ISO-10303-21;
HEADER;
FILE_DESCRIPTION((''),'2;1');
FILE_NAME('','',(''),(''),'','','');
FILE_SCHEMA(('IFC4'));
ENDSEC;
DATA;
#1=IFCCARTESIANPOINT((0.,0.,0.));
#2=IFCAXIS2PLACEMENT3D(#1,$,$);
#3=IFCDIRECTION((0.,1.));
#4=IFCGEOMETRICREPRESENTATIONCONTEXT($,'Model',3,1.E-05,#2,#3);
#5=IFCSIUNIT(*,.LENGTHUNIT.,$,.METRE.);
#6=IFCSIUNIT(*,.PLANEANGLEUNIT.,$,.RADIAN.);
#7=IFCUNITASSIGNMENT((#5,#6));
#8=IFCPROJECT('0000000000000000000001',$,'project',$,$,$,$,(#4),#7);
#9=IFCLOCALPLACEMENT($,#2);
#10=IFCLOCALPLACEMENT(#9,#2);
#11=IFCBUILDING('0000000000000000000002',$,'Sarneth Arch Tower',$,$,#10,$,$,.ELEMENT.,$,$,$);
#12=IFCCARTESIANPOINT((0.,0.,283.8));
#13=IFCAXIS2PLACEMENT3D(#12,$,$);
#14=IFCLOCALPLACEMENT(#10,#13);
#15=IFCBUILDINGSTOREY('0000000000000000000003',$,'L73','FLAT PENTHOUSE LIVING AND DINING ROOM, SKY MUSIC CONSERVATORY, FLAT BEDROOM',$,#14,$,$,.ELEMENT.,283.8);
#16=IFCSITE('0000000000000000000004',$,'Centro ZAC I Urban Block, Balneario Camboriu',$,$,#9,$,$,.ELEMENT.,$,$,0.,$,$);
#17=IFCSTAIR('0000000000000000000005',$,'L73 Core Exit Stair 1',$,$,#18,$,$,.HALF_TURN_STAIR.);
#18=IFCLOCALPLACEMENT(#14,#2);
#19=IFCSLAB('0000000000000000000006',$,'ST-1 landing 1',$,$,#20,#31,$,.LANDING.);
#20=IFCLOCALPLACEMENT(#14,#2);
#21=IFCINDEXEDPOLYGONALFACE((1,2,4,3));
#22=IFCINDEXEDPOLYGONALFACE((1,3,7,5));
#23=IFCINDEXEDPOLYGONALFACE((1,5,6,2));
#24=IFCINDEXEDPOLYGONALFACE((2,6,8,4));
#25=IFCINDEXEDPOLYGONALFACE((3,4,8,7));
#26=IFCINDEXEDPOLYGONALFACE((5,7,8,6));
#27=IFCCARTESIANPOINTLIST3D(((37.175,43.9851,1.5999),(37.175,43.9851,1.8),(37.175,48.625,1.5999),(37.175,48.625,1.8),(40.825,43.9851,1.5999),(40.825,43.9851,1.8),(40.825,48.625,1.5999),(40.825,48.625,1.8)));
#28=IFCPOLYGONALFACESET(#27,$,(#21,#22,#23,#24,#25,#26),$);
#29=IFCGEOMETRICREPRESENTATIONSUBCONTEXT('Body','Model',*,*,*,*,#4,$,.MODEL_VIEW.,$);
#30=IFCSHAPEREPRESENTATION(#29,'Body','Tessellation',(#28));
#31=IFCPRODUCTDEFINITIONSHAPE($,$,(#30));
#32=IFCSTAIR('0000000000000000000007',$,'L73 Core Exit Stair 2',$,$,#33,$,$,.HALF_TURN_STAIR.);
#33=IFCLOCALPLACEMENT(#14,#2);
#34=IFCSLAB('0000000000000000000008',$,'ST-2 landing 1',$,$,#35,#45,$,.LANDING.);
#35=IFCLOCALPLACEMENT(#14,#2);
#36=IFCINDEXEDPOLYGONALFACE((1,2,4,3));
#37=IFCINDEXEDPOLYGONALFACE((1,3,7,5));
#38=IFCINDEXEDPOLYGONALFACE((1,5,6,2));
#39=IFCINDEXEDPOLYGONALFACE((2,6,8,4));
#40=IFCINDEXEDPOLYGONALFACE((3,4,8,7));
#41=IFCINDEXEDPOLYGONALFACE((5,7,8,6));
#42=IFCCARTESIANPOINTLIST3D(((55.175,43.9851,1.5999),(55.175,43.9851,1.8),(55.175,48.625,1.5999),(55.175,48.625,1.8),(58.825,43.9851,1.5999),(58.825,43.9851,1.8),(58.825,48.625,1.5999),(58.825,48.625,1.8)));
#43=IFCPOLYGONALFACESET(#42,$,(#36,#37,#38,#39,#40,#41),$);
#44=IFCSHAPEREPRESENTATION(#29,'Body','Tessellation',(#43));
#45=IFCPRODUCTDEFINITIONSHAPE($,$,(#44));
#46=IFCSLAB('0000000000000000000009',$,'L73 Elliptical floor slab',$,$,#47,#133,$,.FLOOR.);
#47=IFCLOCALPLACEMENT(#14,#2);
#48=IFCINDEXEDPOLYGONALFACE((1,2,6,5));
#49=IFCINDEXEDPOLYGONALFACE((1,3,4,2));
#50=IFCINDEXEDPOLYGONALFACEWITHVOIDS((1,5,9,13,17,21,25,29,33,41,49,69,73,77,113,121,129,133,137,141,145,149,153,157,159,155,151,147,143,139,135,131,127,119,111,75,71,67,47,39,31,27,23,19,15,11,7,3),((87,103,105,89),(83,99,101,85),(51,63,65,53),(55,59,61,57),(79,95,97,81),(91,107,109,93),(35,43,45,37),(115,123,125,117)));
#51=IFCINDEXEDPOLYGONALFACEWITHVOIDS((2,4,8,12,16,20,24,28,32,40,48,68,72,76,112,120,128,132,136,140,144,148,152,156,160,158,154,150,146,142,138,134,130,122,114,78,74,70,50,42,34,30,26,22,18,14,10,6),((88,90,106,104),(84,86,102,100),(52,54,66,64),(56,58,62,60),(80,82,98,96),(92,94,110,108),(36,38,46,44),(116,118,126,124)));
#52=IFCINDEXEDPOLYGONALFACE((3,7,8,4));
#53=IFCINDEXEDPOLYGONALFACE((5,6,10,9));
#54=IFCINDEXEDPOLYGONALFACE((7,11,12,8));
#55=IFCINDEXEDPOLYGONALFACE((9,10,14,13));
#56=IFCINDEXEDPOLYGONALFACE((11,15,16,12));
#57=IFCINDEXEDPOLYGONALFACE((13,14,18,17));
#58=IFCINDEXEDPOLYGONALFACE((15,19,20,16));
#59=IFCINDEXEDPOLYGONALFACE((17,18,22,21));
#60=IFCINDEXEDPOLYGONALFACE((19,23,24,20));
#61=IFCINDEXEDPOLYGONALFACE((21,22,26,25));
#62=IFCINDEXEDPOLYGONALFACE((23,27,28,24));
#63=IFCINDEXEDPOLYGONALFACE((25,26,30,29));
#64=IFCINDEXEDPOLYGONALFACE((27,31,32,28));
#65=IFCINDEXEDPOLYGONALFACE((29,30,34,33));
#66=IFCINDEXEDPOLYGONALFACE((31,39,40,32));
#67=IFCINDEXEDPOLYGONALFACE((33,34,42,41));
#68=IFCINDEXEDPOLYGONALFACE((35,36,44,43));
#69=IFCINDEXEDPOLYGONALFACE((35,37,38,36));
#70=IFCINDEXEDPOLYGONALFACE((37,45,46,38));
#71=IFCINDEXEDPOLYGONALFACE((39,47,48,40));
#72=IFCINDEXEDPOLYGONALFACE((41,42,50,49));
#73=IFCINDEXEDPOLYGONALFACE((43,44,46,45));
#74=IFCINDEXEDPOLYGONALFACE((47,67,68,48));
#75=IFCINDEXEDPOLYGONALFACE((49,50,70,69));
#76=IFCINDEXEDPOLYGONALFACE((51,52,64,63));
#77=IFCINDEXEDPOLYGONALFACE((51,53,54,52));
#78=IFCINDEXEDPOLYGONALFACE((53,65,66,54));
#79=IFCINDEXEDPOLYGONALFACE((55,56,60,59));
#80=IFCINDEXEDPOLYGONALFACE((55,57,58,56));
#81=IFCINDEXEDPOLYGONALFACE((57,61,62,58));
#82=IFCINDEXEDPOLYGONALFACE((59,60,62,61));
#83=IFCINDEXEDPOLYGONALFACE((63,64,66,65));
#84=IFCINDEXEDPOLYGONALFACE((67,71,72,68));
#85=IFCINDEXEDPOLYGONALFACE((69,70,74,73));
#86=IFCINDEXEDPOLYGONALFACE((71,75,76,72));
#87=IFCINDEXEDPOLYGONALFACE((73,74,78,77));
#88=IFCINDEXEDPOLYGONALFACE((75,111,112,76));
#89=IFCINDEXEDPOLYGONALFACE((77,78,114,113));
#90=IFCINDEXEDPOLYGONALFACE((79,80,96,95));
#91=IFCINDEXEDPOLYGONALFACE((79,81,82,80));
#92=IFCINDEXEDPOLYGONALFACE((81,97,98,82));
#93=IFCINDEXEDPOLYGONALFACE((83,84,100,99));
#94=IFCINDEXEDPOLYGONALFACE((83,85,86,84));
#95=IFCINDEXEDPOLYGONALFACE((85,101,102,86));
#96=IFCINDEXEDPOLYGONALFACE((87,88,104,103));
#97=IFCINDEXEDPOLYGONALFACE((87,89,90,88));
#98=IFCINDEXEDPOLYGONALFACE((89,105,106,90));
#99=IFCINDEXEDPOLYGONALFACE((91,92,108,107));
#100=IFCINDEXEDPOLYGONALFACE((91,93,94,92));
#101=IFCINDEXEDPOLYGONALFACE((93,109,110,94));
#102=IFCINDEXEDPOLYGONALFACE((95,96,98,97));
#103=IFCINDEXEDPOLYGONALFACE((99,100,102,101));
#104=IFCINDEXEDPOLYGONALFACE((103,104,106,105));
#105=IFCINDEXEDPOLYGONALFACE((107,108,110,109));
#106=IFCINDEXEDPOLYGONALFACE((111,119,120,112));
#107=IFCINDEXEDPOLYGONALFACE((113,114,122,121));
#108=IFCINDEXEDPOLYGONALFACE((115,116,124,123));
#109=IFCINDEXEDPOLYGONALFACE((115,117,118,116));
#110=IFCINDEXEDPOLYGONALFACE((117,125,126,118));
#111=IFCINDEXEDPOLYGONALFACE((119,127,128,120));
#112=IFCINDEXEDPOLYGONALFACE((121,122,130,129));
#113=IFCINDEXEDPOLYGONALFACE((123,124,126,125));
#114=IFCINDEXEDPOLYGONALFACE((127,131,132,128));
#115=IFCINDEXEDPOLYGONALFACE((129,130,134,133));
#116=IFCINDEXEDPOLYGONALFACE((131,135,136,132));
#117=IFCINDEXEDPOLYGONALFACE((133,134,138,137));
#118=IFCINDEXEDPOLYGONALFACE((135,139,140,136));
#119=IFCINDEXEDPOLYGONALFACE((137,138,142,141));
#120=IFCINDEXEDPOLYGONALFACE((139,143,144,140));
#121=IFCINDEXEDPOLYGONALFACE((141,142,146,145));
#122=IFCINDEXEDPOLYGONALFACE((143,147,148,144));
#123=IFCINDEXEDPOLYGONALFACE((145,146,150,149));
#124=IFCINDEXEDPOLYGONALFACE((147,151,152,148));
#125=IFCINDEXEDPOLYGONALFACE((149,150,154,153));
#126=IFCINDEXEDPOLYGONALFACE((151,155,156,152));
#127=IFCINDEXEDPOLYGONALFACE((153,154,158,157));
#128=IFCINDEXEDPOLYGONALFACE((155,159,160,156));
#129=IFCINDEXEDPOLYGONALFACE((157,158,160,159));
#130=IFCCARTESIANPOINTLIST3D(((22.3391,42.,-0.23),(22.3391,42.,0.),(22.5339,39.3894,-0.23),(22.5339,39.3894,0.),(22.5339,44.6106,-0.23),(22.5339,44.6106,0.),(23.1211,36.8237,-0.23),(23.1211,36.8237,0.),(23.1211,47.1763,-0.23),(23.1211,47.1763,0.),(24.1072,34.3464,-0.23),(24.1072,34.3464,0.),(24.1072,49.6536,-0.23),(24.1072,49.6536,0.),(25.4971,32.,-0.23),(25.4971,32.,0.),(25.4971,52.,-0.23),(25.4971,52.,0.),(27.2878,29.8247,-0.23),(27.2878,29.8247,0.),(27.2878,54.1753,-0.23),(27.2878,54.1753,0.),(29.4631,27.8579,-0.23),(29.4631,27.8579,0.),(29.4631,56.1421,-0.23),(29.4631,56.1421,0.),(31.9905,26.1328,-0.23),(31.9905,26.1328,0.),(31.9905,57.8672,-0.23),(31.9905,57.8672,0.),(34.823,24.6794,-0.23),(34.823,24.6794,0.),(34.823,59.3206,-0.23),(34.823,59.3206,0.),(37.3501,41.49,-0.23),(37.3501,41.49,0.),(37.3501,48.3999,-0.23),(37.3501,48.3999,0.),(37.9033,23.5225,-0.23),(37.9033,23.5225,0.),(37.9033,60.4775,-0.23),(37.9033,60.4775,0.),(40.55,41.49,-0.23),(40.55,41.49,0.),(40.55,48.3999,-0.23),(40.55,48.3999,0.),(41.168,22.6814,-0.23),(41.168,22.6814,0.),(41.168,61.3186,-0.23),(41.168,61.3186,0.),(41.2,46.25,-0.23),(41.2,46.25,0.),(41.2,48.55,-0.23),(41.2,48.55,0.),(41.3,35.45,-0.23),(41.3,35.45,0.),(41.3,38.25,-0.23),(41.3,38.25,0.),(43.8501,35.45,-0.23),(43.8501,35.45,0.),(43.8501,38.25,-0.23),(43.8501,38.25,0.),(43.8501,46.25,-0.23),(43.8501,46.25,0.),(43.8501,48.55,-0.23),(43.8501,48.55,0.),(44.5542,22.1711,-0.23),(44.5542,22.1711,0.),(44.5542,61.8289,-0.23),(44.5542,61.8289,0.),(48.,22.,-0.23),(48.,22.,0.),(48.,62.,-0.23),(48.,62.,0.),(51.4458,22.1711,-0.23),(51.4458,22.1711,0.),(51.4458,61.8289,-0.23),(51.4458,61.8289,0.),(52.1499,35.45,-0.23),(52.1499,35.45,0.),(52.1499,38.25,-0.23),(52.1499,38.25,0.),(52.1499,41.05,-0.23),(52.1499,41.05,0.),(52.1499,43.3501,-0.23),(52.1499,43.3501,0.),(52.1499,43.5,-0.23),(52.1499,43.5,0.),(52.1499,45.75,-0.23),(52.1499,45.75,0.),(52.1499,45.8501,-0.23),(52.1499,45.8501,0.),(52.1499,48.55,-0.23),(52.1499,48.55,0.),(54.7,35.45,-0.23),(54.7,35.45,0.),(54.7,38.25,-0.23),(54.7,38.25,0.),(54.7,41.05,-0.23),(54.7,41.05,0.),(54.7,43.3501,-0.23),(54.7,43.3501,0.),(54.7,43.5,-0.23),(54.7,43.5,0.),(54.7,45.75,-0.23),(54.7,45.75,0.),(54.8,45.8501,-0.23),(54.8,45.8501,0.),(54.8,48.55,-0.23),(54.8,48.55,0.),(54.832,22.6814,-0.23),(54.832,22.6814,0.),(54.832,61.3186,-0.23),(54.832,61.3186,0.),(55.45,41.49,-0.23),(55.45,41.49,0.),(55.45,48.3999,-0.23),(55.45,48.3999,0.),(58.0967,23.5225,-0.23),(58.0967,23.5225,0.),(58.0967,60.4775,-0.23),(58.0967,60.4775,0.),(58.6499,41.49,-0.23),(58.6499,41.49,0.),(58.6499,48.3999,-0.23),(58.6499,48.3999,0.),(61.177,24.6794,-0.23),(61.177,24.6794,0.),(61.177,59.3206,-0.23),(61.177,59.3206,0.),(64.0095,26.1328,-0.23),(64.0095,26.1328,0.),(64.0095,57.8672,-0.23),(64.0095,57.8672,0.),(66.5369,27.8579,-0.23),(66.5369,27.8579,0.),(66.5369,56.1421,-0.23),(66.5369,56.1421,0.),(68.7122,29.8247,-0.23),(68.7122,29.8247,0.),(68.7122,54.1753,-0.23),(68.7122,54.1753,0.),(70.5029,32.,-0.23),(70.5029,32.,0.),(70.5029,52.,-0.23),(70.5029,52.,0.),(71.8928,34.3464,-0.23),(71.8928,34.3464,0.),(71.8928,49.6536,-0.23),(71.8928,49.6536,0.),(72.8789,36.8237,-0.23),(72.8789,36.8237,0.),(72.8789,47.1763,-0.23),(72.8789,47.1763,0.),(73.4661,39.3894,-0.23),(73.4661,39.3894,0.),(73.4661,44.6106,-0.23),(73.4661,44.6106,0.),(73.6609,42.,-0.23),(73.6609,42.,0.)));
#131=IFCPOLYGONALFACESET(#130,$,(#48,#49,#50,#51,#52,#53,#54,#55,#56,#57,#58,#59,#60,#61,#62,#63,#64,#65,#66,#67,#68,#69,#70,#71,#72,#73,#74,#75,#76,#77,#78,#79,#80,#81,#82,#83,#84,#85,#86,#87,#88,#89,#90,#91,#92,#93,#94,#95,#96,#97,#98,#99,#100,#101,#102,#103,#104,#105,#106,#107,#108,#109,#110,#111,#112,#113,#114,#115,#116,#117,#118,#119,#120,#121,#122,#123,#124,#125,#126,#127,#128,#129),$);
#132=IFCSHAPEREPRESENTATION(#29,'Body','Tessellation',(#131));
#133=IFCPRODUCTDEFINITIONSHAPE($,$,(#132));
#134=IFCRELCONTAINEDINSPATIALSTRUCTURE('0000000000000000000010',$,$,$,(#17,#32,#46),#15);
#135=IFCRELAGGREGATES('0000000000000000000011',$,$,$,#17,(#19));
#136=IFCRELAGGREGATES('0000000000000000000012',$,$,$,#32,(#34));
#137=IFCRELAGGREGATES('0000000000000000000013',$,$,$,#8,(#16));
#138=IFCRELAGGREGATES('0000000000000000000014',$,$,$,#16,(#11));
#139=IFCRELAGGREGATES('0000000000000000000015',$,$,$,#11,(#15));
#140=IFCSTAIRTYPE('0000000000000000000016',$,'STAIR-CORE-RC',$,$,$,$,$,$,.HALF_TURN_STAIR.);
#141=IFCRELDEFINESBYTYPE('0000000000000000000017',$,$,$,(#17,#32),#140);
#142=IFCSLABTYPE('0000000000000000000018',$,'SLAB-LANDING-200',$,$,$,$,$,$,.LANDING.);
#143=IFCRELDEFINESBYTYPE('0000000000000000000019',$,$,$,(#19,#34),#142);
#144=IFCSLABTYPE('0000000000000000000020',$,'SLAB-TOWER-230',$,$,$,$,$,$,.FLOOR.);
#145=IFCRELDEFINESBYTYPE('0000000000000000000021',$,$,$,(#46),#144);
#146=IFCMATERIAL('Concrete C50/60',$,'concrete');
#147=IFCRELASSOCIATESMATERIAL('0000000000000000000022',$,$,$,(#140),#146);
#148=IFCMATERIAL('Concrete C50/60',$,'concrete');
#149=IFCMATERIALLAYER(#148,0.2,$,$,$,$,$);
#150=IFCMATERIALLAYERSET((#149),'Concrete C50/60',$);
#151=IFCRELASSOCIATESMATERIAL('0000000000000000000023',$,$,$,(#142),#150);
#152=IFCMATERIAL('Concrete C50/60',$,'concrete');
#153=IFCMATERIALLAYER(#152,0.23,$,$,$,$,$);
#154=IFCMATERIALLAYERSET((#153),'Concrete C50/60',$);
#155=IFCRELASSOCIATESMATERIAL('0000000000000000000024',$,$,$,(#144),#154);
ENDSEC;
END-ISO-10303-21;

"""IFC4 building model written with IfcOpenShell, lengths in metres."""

from ifc_helpers import new_model, si_unit, direction, frame, origin, place, context, subcontext, project, spatial, polyline, outline, extrude, material, layer, layer_set, type_object, element, aggregate, save


model = new_model("IFC4")

# Units and contexts
model_context = context("Model", 3, precision=1e-05, world=origin(), true_north=direction((0.0, 1.0)))
body_context = subcontext(model_context, "Body", "Model", "MODEL_VIEW")
ifc_project = project(units=[si_unit("LENGTHUNIT", "METRE"), si_unit("PLANEANGLEUNIT", "RADIAN")], contexts=[model_context])

# Site, building, storey
site_placement = place(None, origin())
site = spatial("IfcSite", under=ifc_project, at=site_placement, Name="Centro ZAC I Urban Block, Balneario Camboriu", CompositionType="ELEMENT", RefElevation=0.0)
building_placement = place(site_placement, origin())
building = spatial("IfcBuilding", under=site, at=building_placement, Name="Sarneth Arch Tower", CompositionType="ELEMENT")
storey_placement = place(building_placement, frame((0.0, 0.0, 283.8)))
storey = spatial("IfcBuildingStorey", under=building, at=storey_placement, Name="L73", Description="FLAT PENTHOUSE LIVING AND DINING ROOM, SKY MUSIC CONSERVATORY, FLAT BEDROOM", CompositionType="ELEMENT", Elevation=283.8)

# Stairs, slabs
ifc_material_1 = material(Name="Concrete C50/60", Category="concrete")
stair_type = type_object("IfcStairType", Name="STAIR-CORE-RC", PredefinedType="HALF_TURN_STAIR", material=ifc_material_1)
stair_1_placement = place(storey_placement, origin())
stair_1 = element("IfcStair", 1, at=stair_1_placement, inside=storey, type_object=stair_type, Name="L73 Core Exit Stair 1", PredefinedType="HALF_TURN_STAIR")
ifc_material_2 = material(Name="Concrete C50/60", Category="concrete")
ifc_layer_1 = layer(ifc_material_2, 0.2)
ifc_layer_set_1 = layer_set([ifc_layer_1], Name="Concrete C50/60")
slab_type_1 = type_object("IfcSlabType", Name="SLAB-LANDING-200", PredefinedType="LANDING", material=ifc_layer_set_1)
slab_1_placement = place(storey_placement, frame((0.0, 0.0, 1.5999)))
slab_1 = element("IfcSlab", 2, at=slab_1_placement, type_object=slab_type_1, Name="ST-1 landing 1", PredefinedType="LANDING", context=body_context, shape_type="SweptSolid", body=[
    extrude(outline(polyline([(37.175, 43.9851), (40.825, 43.9851), (40.825, 48.625), (37.175, 48.625), (37.175, 43.9851)])), origin(), (0.0, 0.0, 1.0), 0.2002),
])
aggregate(stair_1, [slab_1])
stair_2_placement = place(storey_placement, origin())
stair_2 = element("IfcStair", 3, at=stair_2_placement, inside=storey, type_object=stair_type, Name="L73 Core Exit Stair 2", PredefinedType="HALF_TURN_STAIR")
slab_2_placement = place(storey_placement, frame((0.0, 0.0, 1.5999)))
slab_2 = element("IfcSlab", 4, at=slab_2_placement, type_object=slab_type_1, Name="ST-2 landing 1", PredefinedType="LANDING", context=body_context, shape_type="SweptSolid", body=[
    extrude(outline(polyline([(55.175, 43.9851), (58.825, 43.9851), (58.825, 48.625), (55.175, 48.625), (55.175, 43.9851)])), origin(), (0.0, 0.0, 1.0), 0.2002),
])
aggregate(stair_2, [slab_2])

# Slab
ifc_material_3 = material(Name="Concrete C50/60", Category="concrete")
ifc_layer_2 = layer(ifc_material_3, 0.23)
ifc_layer_set_2 = layer_set([ifc_layer_2], Name="Concrete C50/60")
slab_type_2 = type_object("IfcSlabType", Name="SLAB-TOWER-230", PredefinedType="FLOOR", material=ifc_layer_set_2)
slab_3_placement = place(storey_placement, frame((0.0, 0.0, -0.23)))
element("IfcSlab", 5, at=slab_3_placement, inside=storey, type_object=slab_type_2, Name="L73 Elliptical floor slab", PredefinedType="FLOOR", context=body_context, shape_type="SweptSolid", body=[
    extrude(outline(polyline([(73.6609, 42.0), (73.4661, 44.6106), (72.8789, 47.1763), (71.8928, 49.6536), (70.5029, 52.0), (68.7122, 54.1753), (66.5369, 56.1421), (64.0095, 57.8672), (61.177, 59.3206), (58.0967, 60.4775), (54.832, 61.3186), (51.4458, 61.8289), (48.0, 62.0), (44.5542, 61.8289), (41.168, 61.3186), (37.9033, 60.4775), (34.823, 59.3206), (31.9905, 57.8672), (29.4631, 56.1421), (27.2878, 54.1753), (25.4971, 52.0), (24.1072, 49.6536), (23.1211, 47.1763), (22.5339, 44.6106), (22.3391, 42.0), (22.5339, 39.3894), (23.1211, 36.8237), (24.1072, 34.3464), (25.4971, 32.0), (27.2878, 29.8247), (29.4631, 27.8579), (31.9905, 26.1328), (34.823, 24.6794), (37.9033, 23.5225), (41.168, 22.6814), (44.5542, 22.1711), (48.0, 22.0), (51.4458, 22.1711), (54.832, 22.6814), (58.0967, 23.5225), (61.177, 24.6794), (64.0095, 26.1328), (66.5369, 27.8579), (68.7122, 29.8247), (70.5029, 32.0), (71.8928, 34.3464), (72.8789, 36.8237), (73.4661, 39.3894), (73.6609, 42.0)]), holes=[polyline([(37.3501, 41.49), (40.55, 41.49), (40.55, 48.3999), (37.3501, 48.3999), (37.3501, 41.49)]), polyline([(55.45, 41.49), (58.6499, 41.49), (58.6499, 48.3999), (55.45, 48.3999), (55.45, 41.49)]), polyline([(41.2, 46.25), (43.8501, 46.25), (43.8501, 48.55), (41.2, 48.55), (41.2, 46.25)]), polyline([(41.3, 35.45), (43.8501, 35.45), (43.8501, 38.25), (41.3, 38.25), (41.3, 35.45)]), polyline([(52.1499, 35.45), (54.7, 35.45), (54.7, 38.25), (52.1499, 38.25), (52.1499, 35.45)]), polyline([(52.1499, 45.8501), (54.8, 45.8501), (54.8, 48.55), (52.1499, 48.55), (52.1499, 45.8501)]), polyline([(52.1499, 41.05), (54.7, 41.05), (54.7, 43.3501), (52.1499, 43.3501), (52.1499, 41.05)]), polyline([(52.1499, 43.5), (54.7, 43.5), (54.7, 45.75), (52.1499, 45.75), (52.1499, 43.5)])]), origin(), (0.0, 0.0, 1.0), 0.23),
])

save(model, "model.ifc")
